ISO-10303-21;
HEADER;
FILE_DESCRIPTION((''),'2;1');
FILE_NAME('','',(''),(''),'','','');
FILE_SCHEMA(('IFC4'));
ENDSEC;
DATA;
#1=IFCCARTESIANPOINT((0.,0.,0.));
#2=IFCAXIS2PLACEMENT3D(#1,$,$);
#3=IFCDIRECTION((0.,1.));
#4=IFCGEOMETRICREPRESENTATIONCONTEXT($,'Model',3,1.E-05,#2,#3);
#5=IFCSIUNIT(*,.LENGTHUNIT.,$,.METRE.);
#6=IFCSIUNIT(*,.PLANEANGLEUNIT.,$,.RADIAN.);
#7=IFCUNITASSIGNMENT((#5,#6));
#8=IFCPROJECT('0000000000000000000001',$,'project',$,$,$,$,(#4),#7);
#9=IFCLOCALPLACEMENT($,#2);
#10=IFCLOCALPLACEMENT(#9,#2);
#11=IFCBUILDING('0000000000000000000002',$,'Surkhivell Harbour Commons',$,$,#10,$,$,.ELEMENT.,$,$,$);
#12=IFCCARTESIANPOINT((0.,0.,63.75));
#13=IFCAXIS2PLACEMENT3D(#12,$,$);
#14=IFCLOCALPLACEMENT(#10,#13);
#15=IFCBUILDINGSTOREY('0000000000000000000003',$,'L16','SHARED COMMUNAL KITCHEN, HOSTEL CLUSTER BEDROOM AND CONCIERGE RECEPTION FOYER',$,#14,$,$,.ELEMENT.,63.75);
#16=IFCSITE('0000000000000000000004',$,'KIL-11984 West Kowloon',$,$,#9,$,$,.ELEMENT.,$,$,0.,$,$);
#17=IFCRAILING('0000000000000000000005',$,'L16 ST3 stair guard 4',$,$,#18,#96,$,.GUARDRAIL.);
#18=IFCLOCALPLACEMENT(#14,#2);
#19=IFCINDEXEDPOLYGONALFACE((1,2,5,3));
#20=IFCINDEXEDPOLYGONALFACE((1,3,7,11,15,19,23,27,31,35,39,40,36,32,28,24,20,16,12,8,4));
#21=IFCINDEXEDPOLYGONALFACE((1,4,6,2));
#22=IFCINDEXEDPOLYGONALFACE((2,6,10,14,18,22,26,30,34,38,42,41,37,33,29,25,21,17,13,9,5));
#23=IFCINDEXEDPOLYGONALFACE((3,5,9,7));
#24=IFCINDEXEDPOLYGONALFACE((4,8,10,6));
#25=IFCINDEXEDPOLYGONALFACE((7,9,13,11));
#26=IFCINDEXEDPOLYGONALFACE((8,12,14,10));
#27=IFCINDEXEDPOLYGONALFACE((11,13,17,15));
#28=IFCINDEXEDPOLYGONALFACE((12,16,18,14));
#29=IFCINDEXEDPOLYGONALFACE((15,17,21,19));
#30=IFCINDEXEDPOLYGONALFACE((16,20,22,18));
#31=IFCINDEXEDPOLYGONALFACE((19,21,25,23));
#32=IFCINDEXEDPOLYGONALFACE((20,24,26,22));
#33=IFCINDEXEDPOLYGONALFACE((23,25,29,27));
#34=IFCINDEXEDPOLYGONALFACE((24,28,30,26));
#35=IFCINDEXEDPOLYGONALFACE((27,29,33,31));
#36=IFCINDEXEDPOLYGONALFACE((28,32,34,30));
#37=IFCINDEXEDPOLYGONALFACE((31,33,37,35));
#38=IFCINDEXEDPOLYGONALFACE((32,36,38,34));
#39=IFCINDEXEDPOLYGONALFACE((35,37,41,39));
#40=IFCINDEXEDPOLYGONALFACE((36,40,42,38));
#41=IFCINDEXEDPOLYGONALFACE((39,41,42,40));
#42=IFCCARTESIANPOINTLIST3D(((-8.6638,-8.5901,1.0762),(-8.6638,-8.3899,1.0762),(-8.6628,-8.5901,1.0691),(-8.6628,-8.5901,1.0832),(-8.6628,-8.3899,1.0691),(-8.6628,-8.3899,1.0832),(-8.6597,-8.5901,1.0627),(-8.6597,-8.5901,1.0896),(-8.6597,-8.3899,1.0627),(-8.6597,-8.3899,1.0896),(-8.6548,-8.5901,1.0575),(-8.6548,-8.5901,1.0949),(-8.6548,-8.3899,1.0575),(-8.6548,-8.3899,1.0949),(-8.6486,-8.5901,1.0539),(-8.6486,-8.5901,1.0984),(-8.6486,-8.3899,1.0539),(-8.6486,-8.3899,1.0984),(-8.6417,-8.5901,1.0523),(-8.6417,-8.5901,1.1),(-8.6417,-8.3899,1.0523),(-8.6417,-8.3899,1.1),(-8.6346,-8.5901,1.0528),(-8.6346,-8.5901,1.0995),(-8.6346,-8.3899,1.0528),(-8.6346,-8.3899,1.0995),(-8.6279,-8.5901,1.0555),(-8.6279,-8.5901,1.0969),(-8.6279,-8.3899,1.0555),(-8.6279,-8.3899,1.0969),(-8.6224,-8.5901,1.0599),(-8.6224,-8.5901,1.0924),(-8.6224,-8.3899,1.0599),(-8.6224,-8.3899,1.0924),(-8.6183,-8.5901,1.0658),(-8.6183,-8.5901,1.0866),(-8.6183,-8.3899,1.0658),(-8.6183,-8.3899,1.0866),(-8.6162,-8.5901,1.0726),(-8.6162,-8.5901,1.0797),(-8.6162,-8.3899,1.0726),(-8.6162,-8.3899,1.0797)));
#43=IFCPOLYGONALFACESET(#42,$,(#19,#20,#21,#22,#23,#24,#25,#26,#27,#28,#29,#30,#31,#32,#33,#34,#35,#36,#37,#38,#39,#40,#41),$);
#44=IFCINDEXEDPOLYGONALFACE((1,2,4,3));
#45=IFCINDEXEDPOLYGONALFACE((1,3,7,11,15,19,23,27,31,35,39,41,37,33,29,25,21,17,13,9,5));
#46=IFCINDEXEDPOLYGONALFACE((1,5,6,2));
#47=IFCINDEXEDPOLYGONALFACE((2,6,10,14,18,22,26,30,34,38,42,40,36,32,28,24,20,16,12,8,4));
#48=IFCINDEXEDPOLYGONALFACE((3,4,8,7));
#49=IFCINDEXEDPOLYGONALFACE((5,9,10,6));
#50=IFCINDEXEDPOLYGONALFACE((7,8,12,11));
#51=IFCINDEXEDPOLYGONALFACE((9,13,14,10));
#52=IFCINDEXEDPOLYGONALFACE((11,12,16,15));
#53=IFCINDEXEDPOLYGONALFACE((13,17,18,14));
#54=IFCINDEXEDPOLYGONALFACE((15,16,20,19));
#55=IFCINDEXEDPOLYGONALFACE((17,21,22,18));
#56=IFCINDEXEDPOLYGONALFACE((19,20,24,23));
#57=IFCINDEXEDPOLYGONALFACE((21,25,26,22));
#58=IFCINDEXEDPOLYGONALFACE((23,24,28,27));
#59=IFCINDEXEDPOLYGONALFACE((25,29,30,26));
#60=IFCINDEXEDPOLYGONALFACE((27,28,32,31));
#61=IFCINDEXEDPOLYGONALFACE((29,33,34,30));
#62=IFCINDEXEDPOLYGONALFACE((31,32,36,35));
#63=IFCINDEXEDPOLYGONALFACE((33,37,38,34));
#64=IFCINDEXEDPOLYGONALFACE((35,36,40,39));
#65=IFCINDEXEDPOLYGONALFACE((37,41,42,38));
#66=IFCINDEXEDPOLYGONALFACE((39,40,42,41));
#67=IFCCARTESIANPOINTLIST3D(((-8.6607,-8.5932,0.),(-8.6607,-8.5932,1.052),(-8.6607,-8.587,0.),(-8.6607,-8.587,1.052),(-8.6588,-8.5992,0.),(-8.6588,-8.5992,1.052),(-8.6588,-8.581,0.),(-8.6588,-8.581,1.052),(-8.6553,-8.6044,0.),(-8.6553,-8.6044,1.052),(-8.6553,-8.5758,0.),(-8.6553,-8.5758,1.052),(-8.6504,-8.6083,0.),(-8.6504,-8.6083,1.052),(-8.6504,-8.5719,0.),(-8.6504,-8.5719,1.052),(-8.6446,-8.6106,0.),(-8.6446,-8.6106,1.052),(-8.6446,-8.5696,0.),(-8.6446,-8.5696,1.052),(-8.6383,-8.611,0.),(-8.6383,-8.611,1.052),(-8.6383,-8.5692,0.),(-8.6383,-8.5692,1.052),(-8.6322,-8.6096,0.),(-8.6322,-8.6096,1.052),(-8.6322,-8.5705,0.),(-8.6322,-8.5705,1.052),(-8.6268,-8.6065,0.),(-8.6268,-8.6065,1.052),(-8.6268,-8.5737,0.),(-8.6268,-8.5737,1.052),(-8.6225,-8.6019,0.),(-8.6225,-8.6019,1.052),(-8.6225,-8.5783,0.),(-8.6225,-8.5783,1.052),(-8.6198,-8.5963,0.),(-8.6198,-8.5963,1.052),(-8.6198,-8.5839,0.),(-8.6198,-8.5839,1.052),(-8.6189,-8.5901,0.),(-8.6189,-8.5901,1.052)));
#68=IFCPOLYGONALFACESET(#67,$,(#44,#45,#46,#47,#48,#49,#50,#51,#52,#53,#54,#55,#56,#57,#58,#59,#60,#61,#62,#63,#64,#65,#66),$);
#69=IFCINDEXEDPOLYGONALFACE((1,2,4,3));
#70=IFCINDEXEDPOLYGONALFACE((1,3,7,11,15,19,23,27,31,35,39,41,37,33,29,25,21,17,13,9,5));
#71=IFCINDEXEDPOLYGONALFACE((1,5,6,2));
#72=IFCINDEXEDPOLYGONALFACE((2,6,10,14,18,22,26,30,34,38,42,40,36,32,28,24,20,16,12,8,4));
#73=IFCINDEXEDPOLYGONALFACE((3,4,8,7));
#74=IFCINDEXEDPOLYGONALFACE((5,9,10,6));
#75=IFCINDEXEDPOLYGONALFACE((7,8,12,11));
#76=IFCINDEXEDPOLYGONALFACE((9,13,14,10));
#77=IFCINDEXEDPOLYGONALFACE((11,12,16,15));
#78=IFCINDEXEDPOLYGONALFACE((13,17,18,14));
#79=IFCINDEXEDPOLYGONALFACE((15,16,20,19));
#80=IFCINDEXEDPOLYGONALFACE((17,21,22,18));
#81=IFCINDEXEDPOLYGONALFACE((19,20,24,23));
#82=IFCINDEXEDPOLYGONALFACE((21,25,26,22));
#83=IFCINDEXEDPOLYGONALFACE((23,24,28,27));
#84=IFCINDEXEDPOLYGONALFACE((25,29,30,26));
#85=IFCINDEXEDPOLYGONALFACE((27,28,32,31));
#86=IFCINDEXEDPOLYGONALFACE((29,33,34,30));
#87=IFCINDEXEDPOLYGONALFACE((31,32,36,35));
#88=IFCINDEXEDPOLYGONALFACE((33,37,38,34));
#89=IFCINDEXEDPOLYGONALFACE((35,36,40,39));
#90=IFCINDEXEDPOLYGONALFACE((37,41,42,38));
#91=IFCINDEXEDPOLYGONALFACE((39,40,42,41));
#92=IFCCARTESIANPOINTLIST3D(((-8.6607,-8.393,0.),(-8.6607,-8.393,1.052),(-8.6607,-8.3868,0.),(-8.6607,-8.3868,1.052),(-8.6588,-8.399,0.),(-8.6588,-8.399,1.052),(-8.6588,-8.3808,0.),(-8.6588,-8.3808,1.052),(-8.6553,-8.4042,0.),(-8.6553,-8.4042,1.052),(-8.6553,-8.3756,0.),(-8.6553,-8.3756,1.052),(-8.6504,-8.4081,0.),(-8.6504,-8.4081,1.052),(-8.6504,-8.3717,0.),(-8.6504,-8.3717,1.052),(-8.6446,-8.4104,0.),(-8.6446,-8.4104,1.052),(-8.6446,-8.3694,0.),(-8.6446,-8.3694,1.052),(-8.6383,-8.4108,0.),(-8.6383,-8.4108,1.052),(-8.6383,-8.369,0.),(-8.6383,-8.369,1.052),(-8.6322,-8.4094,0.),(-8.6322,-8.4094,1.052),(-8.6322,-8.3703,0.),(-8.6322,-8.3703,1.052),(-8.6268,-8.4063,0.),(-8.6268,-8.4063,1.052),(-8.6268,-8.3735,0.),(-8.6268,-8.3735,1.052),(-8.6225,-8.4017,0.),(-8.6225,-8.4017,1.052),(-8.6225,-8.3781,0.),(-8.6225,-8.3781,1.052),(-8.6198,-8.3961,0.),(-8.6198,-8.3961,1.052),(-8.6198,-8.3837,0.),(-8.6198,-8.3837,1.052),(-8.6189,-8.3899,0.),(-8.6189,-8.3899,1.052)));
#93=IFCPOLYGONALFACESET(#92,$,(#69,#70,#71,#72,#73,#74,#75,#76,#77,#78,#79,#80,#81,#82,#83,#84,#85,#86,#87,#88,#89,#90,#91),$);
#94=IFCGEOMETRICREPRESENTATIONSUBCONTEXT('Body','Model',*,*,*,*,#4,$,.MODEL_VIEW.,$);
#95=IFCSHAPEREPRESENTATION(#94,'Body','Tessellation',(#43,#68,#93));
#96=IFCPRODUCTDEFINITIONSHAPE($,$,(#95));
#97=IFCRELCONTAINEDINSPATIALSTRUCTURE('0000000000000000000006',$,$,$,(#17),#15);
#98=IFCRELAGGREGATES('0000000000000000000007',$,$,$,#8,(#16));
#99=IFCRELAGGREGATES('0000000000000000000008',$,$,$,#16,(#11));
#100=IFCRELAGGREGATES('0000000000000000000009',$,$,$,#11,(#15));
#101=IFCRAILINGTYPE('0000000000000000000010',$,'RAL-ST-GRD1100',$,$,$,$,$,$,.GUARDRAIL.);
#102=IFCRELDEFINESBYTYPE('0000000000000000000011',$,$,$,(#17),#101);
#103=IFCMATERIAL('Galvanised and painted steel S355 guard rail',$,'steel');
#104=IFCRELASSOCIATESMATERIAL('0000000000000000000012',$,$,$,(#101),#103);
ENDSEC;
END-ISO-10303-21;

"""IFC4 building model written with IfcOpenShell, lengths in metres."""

from ifc_helpers import new_model, si_unit, direction, frame, origin, origin_2d, place, context, subcontext, project, spatial, circle, extrude, material, type_object, element, save


model = new_model("IFC4")

# Units and contexts
model_context = context("Model", 3, precision=1e-05, world=origin(), true_north=direction((0.0, 1.0)))
body_context = subcontext(model_context, "Body", "Model", "MODEL_VIEW")
ifc_project = project(units=[si_unit("LENGTHUNIT", "METRE"), si_unit("PLANEANGLEUNIT", "RADIAN")], contexts=[model_context])

# Site, building, storey
site_placement = place(None, origin())
site = spatial("IfcSite", under=ifc_project, at=site_placement, Name="KIL-11984 West Kowloon", CompositionType="ELEMENT", RefElevation=0.0)
building_placement = place(site_placement, origin())
building = spatial("IfcBuilding", under=site, at=building_placement, Name="Surkhivell Harbour Commons", CompositionType="ELEMENT")
storey_placement = place(building_placement, frame((0.0, 0.0, 63.75)))
storey = spatial("IfcBuildingStorey", under=building, at=storey_placement, Name="L16", Description="SHARED COMMUNAL KITCHEN, HOSTEL CLUSTER BEDROOM AND CONCIERGE RECEPTION FOYER", CompositionType="ELEMENT", Elevation=63.75)

# Railing
ifc_material_1 = material(Name="Galvanised and painted steel S355 guard rail", Category="steel")
railing_type_1 = type_object("IfcRailingType", Name="RAL-ST-GRD1100", PredefinedType="GUARDRAIL", material=ifc_material_1)
railing_1_placement = place(storey_placement, frame((-8.6399, -8.5901, 0.0)))
element("IfcRailing", 1, at=railing_1_placement, inside=storey, type_object=railing_type_1, Name="L16 ST3 stair guard 4", PredefinedType="GUARDRAIL", context=body_context, shape_type="SweptSolid", body=[
    extrude(circle(Radius=0.0239, at=origin_2d()), frame((0.0, 0.0, 1.0762), z_axis=(0.0, 1.0, 0.0), x_axis=(-1.0, 0.0, 0.0)), (0.0, 0.0, 1.0), 0.2002),
    extrude(circle(Radius=0.021, at=origin_2d()), origin(), (0.0, 0.0, 1.0), 1.052),
    extrude(circle(Radius=0.021, at=origin_2d()), frame((0.0, 0.2002, 0.0)), (0.0, 0.0, 1.0), 1.052),
])

save(model, "model.ifc")
